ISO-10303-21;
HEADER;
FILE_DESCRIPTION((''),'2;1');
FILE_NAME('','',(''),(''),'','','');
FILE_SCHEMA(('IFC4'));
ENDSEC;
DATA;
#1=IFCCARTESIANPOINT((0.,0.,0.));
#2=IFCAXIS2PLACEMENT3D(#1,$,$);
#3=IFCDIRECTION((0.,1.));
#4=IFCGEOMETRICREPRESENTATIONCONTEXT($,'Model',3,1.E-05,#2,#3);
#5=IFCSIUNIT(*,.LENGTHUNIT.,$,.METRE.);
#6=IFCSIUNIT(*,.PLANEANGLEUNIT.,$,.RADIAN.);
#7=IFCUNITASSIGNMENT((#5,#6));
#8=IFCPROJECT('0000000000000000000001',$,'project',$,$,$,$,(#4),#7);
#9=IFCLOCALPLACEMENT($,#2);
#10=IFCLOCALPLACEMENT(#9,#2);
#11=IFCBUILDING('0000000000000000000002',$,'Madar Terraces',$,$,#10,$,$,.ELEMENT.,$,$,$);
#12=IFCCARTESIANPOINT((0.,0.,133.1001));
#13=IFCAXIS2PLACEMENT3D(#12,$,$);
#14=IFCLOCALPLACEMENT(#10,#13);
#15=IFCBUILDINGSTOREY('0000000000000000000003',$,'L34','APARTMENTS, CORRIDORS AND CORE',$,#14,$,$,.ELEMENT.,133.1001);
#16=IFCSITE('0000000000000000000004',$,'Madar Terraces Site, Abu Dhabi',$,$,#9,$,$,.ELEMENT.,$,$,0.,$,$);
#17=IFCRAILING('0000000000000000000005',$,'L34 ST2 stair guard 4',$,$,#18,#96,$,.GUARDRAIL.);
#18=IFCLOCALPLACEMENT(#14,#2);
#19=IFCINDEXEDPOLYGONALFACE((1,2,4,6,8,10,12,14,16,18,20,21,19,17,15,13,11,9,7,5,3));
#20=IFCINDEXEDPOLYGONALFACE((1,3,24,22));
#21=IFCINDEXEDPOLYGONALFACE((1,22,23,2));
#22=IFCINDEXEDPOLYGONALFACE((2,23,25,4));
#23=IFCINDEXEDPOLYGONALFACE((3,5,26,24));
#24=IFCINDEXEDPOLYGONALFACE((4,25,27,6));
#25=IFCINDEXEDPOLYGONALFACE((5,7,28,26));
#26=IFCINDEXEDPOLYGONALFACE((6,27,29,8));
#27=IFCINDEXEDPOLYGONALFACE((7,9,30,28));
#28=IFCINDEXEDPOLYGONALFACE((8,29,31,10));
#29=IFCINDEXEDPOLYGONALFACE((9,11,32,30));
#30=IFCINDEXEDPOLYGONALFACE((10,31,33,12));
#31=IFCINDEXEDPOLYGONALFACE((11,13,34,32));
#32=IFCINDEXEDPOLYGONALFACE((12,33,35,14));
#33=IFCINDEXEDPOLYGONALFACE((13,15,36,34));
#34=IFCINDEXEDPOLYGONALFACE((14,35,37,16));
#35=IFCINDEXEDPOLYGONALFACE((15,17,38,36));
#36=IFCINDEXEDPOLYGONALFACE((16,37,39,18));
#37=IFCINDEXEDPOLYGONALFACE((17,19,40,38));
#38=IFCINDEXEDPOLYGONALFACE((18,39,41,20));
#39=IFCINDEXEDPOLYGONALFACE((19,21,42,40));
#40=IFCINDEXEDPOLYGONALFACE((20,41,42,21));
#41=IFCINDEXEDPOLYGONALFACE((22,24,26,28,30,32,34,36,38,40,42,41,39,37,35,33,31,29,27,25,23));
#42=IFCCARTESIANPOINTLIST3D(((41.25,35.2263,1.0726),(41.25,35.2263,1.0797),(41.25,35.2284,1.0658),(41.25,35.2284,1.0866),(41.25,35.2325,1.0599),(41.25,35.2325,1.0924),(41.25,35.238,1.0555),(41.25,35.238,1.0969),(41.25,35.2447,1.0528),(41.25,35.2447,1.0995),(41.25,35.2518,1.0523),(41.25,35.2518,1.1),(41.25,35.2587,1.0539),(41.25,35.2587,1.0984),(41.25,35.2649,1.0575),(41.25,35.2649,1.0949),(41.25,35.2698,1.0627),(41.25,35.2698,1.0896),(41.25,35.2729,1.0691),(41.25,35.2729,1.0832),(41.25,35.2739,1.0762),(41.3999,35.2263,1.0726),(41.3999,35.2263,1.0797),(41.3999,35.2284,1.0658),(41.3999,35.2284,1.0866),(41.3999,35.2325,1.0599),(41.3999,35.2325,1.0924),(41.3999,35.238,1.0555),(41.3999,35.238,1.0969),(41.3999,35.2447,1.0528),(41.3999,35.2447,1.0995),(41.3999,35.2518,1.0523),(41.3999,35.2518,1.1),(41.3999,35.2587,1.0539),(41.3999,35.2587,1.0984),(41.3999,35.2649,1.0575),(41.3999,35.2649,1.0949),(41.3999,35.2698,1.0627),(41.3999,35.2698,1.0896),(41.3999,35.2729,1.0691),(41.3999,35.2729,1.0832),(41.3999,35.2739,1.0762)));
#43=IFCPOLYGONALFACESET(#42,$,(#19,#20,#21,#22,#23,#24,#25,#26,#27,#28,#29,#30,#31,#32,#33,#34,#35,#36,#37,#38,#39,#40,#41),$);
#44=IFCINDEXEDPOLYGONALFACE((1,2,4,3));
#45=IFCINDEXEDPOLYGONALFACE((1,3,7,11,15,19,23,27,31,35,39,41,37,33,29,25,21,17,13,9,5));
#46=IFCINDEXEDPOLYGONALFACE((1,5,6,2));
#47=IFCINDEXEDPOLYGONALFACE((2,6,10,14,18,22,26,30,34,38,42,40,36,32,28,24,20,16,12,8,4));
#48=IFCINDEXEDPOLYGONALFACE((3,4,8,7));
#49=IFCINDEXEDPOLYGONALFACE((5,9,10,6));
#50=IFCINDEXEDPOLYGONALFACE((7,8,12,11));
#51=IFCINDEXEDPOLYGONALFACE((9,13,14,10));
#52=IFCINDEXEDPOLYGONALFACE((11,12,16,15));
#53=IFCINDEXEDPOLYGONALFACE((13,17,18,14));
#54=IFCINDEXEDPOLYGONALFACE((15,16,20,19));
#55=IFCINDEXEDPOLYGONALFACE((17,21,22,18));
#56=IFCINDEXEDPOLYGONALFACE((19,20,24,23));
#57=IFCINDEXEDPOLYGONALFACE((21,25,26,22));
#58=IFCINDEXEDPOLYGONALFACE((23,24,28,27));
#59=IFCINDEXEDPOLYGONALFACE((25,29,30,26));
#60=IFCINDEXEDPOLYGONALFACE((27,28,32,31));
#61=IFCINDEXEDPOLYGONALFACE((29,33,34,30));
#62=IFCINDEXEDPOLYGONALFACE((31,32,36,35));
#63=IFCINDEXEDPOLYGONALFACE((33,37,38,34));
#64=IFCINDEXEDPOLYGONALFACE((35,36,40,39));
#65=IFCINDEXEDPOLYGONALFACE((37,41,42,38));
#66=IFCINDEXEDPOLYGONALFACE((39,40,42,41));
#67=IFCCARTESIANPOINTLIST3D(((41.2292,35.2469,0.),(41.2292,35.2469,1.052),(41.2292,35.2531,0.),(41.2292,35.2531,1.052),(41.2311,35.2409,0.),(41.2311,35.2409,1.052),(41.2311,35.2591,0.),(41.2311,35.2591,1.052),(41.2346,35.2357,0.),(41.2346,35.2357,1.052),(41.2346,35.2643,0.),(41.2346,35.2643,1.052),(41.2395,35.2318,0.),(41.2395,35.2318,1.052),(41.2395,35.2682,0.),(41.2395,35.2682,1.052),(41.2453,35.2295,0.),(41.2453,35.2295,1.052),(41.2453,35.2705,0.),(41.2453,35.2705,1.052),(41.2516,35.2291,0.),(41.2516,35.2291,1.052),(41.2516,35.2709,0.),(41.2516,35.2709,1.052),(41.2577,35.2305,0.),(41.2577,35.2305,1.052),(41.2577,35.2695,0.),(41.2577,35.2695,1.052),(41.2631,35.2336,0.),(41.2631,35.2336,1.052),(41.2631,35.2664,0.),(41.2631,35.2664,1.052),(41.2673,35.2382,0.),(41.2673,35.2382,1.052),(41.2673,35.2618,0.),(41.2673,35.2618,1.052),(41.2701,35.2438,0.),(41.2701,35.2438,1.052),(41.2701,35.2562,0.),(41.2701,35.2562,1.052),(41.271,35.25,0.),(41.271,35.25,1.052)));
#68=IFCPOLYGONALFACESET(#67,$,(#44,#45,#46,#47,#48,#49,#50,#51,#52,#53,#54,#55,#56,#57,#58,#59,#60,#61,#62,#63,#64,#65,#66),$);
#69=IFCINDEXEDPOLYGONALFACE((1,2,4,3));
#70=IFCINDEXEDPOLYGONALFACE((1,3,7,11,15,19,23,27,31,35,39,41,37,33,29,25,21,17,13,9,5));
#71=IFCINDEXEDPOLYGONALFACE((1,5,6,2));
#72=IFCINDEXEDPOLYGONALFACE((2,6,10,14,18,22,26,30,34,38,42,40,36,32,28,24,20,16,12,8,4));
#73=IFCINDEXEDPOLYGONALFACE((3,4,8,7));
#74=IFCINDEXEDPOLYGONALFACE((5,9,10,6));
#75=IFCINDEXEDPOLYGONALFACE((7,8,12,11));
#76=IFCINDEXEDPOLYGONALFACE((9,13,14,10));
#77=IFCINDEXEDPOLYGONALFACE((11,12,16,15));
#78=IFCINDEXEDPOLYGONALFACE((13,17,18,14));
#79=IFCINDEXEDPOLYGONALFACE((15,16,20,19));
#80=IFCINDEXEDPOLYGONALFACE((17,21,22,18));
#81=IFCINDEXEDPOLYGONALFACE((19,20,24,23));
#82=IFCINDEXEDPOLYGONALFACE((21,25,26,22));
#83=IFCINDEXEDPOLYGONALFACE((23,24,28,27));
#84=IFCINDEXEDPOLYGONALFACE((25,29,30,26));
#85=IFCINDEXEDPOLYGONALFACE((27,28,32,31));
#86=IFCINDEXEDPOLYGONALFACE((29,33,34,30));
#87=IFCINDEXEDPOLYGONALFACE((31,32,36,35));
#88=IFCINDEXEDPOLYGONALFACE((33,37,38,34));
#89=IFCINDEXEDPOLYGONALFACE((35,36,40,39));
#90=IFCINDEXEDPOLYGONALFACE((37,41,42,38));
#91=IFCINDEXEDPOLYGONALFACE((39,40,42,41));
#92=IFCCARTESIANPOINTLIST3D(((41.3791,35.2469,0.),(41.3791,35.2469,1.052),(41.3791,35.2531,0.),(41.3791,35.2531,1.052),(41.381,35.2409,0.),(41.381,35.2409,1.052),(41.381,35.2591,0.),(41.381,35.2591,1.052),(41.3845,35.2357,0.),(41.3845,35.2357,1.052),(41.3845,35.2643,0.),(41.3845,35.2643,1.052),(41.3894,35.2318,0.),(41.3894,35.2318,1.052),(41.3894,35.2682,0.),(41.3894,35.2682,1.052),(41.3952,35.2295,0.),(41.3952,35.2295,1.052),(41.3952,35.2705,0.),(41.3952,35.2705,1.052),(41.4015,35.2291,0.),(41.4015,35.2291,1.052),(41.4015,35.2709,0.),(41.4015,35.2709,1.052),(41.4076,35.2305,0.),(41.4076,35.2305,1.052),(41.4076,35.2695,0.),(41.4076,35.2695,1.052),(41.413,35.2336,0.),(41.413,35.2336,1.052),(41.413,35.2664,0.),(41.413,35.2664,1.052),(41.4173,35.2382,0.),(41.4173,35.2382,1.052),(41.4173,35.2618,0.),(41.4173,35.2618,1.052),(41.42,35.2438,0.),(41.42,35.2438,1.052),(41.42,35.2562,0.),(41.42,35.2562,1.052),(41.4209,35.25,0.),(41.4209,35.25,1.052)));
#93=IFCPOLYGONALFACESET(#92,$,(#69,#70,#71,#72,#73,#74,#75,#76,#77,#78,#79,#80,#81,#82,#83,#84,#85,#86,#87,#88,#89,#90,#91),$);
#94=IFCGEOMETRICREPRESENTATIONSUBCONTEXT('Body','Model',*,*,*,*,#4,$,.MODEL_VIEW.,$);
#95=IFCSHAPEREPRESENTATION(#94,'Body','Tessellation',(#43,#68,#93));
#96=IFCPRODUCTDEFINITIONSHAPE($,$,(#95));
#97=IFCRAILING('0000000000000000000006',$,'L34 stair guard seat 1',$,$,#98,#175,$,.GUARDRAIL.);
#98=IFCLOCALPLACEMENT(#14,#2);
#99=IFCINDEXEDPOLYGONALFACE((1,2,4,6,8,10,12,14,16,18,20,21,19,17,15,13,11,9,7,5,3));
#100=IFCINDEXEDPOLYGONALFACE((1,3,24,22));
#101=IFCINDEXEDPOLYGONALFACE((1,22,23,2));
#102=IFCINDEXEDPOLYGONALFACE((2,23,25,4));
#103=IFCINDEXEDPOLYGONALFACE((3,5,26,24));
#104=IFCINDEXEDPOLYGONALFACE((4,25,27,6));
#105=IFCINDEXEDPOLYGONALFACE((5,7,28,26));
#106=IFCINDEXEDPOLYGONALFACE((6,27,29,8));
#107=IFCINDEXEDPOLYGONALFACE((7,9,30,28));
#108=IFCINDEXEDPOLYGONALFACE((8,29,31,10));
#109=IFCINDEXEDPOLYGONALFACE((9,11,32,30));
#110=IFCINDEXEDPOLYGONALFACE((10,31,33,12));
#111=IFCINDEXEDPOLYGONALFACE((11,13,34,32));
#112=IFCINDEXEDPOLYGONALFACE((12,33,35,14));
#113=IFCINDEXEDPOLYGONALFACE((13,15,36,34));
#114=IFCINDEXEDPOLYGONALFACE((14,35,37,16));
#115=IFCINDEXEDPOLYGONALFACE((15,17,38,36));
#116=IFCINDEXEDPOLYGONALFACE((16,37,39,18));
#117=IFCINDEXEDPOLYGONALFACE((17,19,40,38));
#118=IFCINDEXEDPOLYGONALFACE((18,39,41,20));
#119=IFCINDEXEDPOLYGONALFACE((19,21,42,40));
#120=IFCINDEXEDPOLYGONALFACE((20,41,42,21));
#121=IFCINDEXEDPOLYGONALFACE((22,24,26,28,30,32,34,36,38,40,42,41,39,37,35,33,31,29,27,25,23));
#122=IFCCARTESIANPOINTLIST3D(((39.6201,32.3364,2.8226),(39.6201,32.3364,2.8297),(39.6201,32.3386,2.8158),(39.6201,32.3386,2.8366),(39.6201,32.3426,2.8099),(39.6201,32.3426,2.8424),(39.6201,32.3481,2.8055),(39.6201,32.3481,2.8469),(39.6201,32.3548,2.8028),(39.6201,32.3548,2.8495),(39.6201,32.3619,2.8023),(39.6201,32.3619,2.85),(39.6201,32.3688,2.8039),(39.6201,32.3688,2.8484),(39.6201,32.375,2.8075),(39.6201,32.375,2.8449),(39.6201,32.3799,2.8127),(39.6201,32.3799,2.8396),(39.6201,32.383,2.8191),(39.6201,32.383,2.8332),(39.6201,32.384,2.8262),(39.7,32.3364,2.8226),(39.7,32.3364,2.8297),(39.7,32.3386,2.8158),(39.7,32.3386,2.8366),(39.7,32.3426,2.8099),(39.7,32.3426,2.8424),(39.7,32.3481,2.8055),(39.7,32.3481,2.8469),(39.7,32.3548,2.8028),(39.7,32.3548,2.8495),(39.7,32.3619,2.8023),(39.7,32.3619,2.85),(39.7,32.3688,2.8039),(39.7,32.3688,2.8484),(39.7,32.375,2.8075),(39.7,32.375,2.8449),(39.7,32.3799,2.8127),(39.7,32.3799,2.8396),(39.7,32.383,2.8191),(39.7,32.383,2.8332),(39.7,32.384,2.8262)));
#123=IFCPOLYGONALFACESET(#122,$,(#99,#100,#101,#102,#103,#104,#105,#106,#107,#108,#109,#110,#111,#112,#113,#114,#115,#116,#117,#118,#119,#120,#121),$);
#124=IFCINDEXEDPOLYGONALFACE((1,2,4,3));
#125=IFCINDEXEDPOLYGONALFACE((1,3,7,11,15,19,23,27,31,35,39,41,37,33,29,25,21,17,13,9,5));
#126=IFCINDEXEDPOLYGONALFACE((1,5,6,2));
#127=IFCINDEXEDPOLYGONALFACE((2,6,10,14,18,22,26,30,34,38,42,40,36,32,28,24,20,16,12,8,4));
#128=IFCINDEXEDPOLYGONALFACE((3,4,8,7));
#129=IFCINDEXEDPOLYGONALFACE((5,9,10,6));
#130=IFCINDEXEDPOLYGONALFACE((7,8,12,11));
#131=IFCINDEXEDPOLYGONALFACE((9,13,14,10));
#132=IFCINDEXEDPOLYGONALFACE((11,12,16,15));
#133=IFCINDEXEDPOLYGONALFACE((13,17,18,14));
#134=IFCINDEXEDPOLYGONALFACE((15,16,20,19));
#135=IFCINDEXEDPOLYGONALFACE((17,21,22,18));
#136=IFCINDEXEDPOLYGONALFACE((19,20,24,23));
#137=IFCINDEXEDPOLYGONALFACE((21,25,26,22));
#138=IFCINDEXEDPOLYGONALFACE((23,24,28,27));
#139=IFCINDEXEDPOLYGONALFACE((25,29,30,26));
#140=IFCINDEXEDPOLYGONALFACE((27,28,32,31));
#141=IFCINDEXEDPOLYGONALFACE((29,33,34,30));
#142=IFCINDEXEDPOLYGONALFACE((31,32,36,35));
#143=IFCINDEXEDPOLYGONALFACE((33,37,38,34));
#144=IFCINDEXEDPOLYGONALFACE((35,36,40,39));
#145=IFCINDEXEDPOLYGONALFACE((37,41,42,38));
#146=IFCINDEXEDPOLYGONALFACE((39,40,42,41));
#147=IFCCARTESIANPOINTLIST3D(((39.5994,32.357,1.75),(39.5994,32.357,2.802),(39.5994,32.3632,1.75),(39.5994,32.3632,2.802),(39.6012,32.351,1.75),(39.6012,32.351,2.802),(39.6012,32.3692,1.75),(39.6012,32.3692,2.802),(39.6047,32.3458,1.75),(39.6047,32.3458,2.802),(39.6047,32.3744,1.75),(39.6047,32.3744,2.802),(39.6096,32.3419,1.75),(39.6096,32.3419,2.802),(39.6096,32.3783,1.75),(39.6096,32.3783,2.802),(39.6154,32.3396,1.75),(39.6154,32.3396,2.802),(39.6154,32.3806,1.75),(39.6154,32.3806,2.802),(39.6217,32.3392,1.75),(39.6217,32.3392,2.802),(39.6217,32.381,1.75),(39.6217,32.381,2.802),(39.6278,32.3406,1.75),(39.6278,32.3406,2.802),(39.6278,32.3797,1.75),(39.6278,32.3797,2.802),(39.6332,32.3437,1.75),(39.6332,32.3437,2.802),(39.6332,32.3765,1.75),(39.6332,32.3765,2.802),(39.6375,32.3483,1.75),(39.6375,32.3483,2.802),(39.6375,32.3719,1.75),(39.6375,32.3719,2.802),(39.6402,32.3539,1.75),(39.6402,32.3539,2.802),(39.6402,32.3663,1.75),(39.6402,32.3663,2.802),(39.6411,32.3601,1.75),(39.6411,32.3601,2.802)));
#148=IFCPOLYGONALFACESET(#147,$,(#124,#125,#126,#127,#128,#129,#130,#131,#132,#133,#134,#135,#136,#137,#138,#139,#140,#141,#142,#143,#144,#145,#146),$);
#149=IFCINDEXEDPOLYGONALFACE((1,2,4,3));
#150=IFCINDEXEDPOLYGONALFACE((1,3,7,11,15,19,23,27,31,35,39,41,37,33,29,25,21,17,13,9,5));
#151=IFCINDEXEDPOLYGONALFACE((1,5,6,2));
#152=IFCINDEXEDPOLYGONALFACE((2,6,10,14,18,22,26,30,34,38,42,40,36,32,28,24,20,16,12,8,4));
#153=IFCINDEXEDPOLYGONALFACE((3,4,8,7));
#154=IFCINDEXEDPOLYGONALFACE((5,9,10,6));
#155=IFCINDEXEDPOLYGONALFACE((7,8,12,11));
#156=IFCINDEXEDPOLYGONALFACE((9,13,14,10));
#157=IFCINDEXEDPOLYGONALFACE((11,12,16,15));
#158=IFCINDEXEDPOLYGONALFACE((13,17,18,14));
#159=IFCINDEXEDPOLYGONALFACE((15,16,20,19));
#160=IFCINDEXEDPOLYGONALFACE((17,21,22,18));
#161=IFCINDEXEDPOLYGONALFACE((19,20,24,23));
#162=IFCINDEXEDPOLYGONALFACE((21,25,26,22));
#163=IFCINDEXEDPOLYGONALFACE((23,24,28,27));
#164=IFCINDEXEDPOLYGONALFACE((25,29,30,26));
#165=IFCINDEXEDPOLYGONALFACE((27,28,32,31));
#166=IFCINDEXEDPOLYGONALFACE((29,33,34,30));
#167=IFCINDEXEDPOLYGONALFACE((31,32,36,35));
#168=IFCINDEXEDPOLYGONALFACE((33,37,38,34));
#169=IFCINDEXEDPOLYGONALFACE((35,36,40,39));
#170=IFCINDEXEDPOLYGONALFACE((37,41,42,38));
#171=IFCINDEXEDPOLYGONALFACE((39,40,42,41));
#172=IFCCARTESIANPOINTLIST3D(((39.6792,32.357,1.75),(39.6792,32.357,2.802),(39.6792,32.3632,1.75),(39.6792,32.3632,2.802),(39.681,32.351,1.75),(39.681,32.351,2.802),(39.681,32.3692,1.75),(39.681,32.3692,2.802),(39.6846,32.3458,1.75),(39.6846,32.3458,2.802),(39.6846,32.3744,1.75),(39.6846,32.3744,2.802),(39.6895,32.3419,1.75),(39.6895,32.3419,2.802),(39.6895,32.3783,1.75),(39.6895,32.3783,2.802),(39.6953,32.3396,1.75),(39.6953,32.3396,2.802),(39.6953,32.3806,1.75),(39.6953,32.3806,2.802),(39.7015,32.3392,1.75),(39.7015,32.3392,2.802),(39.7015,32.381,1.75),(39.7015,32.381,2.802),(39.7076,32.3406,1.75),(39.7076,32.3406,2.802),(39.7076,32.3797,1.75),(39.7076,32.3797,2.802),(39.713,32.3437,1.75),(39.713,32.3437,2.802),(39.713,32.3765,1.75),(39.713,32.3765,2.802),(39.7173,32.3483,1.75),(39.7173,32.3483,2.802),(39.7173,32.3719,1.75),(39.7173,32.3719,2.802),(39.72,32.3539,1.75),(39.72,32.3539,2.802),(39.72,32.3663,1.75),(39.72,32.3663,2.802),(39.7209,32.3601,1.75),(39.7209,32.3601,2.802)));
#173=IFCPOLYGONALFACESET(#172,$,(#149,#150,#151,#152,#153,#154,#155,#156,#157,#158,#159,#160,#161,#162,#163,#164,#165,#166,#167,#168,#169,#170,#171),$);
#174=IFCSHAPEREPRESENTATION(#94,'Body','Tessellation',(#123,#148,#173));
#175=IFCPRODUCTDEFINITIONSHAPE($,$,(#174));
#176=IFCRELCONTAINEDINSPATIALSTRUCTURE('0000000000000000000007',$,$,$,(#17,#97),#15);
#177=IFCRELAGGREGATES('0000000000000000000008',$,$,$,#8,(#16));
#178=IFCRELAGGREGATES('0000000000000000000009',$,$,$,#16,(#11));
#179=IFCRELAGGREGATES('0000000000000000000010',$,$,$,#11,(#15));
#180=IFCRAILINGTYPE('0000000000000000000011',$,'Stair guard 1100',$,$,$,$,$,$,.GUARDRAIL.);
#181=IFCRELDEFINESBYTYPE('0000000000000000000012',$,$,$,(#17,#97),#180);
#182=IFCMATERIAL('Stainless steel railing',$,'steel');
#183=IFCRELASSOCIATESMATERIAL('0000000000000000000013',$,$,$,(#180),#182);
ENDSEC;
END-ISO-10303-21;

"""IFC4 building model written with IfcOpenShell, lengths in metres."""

from ifc_helpers import new_model, si_unit, direction, frame, origin, origin_2d, place, context, subcontext, project, spatial, circle, extrude, material, type_object, element, save


model = new_model("IFC4")

# Units and contexts
model_context = context("Model", 3, precision=1e-05, world=origin(), true_north=direction((0.0, 1.0)))
body_context = subcontext(model_context, "Body", "Model", "MODEL_VIEW")
ifc_project = project(units=[si_unit("LENGTHUNIT", "METRE"), si_unit("PLANEANGLEUNIT", "RADIAN")], contexts=[model_context])

# Site, building, storey
site_placement = place(None, origin())
site = spatial("IfcSite", under=ifc_project, at=site_placement, Name="Madar Terraces Site, Abu Dhabi", CompositionType="ELEMENT", RefElevation=0.0)
building_placement = place(site_placement, origin())
building = spatial("IfcBuilding", under=site, at=building_placement, Name="Madar Terraces", CompositionType="ELEMENT")
storey_placement = place(building_placement, frame((0.0, 0.0, 133.1001)))
storey = spatial("IfcBuildingStorey", under=building, at=storey_placement, Name="L34", Description="APARTMENTS, CORRIDORS AND CORE", CompositionType="ELEMENT", Elevation=133.1001)

# Railings
ifc_material_1 = material(Name="Stainless steel railing", Category="steel")
railing_type_1 = type_object("IfcRailingType", Name="Stair guard 1100", PredefinedType="GUARDRAIL", material=ifc_material_1)
railing_1_placement = place(storey_placement, frame((41.25, 35.25, 0.0)))
element("IfcRailing", 1, at=railing_1_placement, inside=storey, type_object=railing_type_1, Name="L34 ST2 stair guard 4", PredefinedType="GUARDRAIL", context=body_context, shape_type="SweptSolid", body=[
    extrude(circle(Radius=0.0239, at=origin_2d()), frame((0.0, 0.0, 1.0762), z_axis=(1.0, 0.0, 0.0), x_axis=(0.0, 1.0, 0.0)), (0.0, 0.0, 1.0), 0.1499),
    extrude(circle(Radius=0.021, at=origin_2d()), origin(), (0.0, 0.0, 1.0), 1.052),
    extrude(circle(Radius=0.021, at=origin_2d()), frame((0.1499, 0.0, 0.0)), (0.0, 0.0, 1.0), 1.052),
])
railing_2_placement = place(storey_placement, frame((39.6201, 32.3601, 1.75)))
element("IfcRailing", 2, at=railing_2_placement, inside=storey, type_object=railing_type_1, Name="L34 stair guard seat 1", PredefinedType="GUARDRAIL", context=body_context, shape_type="SweptSolid", body=[
    extrude(circle(Radius=0.0239, at=origin_2d()), frame((0.0, 0.0, 1.0762), z_axis=(1.0, 0.0, 0.0), x_axis=(0.0, 1.0, 0.0)), (0.0, 0.0, 1.0), 0.0798),
    extrude(circle(Radius=0.021, at=origin_2d()), origin(), (0.0, 0.0, 1.0), 1.052),
    extrude(circle(Radius=0.021, at=origin_2d()), frame((0.0798, 0.0, 0.0)), (0.0, 0.0, 1.0), 1.052),
])

save(model, "model.ifc")
